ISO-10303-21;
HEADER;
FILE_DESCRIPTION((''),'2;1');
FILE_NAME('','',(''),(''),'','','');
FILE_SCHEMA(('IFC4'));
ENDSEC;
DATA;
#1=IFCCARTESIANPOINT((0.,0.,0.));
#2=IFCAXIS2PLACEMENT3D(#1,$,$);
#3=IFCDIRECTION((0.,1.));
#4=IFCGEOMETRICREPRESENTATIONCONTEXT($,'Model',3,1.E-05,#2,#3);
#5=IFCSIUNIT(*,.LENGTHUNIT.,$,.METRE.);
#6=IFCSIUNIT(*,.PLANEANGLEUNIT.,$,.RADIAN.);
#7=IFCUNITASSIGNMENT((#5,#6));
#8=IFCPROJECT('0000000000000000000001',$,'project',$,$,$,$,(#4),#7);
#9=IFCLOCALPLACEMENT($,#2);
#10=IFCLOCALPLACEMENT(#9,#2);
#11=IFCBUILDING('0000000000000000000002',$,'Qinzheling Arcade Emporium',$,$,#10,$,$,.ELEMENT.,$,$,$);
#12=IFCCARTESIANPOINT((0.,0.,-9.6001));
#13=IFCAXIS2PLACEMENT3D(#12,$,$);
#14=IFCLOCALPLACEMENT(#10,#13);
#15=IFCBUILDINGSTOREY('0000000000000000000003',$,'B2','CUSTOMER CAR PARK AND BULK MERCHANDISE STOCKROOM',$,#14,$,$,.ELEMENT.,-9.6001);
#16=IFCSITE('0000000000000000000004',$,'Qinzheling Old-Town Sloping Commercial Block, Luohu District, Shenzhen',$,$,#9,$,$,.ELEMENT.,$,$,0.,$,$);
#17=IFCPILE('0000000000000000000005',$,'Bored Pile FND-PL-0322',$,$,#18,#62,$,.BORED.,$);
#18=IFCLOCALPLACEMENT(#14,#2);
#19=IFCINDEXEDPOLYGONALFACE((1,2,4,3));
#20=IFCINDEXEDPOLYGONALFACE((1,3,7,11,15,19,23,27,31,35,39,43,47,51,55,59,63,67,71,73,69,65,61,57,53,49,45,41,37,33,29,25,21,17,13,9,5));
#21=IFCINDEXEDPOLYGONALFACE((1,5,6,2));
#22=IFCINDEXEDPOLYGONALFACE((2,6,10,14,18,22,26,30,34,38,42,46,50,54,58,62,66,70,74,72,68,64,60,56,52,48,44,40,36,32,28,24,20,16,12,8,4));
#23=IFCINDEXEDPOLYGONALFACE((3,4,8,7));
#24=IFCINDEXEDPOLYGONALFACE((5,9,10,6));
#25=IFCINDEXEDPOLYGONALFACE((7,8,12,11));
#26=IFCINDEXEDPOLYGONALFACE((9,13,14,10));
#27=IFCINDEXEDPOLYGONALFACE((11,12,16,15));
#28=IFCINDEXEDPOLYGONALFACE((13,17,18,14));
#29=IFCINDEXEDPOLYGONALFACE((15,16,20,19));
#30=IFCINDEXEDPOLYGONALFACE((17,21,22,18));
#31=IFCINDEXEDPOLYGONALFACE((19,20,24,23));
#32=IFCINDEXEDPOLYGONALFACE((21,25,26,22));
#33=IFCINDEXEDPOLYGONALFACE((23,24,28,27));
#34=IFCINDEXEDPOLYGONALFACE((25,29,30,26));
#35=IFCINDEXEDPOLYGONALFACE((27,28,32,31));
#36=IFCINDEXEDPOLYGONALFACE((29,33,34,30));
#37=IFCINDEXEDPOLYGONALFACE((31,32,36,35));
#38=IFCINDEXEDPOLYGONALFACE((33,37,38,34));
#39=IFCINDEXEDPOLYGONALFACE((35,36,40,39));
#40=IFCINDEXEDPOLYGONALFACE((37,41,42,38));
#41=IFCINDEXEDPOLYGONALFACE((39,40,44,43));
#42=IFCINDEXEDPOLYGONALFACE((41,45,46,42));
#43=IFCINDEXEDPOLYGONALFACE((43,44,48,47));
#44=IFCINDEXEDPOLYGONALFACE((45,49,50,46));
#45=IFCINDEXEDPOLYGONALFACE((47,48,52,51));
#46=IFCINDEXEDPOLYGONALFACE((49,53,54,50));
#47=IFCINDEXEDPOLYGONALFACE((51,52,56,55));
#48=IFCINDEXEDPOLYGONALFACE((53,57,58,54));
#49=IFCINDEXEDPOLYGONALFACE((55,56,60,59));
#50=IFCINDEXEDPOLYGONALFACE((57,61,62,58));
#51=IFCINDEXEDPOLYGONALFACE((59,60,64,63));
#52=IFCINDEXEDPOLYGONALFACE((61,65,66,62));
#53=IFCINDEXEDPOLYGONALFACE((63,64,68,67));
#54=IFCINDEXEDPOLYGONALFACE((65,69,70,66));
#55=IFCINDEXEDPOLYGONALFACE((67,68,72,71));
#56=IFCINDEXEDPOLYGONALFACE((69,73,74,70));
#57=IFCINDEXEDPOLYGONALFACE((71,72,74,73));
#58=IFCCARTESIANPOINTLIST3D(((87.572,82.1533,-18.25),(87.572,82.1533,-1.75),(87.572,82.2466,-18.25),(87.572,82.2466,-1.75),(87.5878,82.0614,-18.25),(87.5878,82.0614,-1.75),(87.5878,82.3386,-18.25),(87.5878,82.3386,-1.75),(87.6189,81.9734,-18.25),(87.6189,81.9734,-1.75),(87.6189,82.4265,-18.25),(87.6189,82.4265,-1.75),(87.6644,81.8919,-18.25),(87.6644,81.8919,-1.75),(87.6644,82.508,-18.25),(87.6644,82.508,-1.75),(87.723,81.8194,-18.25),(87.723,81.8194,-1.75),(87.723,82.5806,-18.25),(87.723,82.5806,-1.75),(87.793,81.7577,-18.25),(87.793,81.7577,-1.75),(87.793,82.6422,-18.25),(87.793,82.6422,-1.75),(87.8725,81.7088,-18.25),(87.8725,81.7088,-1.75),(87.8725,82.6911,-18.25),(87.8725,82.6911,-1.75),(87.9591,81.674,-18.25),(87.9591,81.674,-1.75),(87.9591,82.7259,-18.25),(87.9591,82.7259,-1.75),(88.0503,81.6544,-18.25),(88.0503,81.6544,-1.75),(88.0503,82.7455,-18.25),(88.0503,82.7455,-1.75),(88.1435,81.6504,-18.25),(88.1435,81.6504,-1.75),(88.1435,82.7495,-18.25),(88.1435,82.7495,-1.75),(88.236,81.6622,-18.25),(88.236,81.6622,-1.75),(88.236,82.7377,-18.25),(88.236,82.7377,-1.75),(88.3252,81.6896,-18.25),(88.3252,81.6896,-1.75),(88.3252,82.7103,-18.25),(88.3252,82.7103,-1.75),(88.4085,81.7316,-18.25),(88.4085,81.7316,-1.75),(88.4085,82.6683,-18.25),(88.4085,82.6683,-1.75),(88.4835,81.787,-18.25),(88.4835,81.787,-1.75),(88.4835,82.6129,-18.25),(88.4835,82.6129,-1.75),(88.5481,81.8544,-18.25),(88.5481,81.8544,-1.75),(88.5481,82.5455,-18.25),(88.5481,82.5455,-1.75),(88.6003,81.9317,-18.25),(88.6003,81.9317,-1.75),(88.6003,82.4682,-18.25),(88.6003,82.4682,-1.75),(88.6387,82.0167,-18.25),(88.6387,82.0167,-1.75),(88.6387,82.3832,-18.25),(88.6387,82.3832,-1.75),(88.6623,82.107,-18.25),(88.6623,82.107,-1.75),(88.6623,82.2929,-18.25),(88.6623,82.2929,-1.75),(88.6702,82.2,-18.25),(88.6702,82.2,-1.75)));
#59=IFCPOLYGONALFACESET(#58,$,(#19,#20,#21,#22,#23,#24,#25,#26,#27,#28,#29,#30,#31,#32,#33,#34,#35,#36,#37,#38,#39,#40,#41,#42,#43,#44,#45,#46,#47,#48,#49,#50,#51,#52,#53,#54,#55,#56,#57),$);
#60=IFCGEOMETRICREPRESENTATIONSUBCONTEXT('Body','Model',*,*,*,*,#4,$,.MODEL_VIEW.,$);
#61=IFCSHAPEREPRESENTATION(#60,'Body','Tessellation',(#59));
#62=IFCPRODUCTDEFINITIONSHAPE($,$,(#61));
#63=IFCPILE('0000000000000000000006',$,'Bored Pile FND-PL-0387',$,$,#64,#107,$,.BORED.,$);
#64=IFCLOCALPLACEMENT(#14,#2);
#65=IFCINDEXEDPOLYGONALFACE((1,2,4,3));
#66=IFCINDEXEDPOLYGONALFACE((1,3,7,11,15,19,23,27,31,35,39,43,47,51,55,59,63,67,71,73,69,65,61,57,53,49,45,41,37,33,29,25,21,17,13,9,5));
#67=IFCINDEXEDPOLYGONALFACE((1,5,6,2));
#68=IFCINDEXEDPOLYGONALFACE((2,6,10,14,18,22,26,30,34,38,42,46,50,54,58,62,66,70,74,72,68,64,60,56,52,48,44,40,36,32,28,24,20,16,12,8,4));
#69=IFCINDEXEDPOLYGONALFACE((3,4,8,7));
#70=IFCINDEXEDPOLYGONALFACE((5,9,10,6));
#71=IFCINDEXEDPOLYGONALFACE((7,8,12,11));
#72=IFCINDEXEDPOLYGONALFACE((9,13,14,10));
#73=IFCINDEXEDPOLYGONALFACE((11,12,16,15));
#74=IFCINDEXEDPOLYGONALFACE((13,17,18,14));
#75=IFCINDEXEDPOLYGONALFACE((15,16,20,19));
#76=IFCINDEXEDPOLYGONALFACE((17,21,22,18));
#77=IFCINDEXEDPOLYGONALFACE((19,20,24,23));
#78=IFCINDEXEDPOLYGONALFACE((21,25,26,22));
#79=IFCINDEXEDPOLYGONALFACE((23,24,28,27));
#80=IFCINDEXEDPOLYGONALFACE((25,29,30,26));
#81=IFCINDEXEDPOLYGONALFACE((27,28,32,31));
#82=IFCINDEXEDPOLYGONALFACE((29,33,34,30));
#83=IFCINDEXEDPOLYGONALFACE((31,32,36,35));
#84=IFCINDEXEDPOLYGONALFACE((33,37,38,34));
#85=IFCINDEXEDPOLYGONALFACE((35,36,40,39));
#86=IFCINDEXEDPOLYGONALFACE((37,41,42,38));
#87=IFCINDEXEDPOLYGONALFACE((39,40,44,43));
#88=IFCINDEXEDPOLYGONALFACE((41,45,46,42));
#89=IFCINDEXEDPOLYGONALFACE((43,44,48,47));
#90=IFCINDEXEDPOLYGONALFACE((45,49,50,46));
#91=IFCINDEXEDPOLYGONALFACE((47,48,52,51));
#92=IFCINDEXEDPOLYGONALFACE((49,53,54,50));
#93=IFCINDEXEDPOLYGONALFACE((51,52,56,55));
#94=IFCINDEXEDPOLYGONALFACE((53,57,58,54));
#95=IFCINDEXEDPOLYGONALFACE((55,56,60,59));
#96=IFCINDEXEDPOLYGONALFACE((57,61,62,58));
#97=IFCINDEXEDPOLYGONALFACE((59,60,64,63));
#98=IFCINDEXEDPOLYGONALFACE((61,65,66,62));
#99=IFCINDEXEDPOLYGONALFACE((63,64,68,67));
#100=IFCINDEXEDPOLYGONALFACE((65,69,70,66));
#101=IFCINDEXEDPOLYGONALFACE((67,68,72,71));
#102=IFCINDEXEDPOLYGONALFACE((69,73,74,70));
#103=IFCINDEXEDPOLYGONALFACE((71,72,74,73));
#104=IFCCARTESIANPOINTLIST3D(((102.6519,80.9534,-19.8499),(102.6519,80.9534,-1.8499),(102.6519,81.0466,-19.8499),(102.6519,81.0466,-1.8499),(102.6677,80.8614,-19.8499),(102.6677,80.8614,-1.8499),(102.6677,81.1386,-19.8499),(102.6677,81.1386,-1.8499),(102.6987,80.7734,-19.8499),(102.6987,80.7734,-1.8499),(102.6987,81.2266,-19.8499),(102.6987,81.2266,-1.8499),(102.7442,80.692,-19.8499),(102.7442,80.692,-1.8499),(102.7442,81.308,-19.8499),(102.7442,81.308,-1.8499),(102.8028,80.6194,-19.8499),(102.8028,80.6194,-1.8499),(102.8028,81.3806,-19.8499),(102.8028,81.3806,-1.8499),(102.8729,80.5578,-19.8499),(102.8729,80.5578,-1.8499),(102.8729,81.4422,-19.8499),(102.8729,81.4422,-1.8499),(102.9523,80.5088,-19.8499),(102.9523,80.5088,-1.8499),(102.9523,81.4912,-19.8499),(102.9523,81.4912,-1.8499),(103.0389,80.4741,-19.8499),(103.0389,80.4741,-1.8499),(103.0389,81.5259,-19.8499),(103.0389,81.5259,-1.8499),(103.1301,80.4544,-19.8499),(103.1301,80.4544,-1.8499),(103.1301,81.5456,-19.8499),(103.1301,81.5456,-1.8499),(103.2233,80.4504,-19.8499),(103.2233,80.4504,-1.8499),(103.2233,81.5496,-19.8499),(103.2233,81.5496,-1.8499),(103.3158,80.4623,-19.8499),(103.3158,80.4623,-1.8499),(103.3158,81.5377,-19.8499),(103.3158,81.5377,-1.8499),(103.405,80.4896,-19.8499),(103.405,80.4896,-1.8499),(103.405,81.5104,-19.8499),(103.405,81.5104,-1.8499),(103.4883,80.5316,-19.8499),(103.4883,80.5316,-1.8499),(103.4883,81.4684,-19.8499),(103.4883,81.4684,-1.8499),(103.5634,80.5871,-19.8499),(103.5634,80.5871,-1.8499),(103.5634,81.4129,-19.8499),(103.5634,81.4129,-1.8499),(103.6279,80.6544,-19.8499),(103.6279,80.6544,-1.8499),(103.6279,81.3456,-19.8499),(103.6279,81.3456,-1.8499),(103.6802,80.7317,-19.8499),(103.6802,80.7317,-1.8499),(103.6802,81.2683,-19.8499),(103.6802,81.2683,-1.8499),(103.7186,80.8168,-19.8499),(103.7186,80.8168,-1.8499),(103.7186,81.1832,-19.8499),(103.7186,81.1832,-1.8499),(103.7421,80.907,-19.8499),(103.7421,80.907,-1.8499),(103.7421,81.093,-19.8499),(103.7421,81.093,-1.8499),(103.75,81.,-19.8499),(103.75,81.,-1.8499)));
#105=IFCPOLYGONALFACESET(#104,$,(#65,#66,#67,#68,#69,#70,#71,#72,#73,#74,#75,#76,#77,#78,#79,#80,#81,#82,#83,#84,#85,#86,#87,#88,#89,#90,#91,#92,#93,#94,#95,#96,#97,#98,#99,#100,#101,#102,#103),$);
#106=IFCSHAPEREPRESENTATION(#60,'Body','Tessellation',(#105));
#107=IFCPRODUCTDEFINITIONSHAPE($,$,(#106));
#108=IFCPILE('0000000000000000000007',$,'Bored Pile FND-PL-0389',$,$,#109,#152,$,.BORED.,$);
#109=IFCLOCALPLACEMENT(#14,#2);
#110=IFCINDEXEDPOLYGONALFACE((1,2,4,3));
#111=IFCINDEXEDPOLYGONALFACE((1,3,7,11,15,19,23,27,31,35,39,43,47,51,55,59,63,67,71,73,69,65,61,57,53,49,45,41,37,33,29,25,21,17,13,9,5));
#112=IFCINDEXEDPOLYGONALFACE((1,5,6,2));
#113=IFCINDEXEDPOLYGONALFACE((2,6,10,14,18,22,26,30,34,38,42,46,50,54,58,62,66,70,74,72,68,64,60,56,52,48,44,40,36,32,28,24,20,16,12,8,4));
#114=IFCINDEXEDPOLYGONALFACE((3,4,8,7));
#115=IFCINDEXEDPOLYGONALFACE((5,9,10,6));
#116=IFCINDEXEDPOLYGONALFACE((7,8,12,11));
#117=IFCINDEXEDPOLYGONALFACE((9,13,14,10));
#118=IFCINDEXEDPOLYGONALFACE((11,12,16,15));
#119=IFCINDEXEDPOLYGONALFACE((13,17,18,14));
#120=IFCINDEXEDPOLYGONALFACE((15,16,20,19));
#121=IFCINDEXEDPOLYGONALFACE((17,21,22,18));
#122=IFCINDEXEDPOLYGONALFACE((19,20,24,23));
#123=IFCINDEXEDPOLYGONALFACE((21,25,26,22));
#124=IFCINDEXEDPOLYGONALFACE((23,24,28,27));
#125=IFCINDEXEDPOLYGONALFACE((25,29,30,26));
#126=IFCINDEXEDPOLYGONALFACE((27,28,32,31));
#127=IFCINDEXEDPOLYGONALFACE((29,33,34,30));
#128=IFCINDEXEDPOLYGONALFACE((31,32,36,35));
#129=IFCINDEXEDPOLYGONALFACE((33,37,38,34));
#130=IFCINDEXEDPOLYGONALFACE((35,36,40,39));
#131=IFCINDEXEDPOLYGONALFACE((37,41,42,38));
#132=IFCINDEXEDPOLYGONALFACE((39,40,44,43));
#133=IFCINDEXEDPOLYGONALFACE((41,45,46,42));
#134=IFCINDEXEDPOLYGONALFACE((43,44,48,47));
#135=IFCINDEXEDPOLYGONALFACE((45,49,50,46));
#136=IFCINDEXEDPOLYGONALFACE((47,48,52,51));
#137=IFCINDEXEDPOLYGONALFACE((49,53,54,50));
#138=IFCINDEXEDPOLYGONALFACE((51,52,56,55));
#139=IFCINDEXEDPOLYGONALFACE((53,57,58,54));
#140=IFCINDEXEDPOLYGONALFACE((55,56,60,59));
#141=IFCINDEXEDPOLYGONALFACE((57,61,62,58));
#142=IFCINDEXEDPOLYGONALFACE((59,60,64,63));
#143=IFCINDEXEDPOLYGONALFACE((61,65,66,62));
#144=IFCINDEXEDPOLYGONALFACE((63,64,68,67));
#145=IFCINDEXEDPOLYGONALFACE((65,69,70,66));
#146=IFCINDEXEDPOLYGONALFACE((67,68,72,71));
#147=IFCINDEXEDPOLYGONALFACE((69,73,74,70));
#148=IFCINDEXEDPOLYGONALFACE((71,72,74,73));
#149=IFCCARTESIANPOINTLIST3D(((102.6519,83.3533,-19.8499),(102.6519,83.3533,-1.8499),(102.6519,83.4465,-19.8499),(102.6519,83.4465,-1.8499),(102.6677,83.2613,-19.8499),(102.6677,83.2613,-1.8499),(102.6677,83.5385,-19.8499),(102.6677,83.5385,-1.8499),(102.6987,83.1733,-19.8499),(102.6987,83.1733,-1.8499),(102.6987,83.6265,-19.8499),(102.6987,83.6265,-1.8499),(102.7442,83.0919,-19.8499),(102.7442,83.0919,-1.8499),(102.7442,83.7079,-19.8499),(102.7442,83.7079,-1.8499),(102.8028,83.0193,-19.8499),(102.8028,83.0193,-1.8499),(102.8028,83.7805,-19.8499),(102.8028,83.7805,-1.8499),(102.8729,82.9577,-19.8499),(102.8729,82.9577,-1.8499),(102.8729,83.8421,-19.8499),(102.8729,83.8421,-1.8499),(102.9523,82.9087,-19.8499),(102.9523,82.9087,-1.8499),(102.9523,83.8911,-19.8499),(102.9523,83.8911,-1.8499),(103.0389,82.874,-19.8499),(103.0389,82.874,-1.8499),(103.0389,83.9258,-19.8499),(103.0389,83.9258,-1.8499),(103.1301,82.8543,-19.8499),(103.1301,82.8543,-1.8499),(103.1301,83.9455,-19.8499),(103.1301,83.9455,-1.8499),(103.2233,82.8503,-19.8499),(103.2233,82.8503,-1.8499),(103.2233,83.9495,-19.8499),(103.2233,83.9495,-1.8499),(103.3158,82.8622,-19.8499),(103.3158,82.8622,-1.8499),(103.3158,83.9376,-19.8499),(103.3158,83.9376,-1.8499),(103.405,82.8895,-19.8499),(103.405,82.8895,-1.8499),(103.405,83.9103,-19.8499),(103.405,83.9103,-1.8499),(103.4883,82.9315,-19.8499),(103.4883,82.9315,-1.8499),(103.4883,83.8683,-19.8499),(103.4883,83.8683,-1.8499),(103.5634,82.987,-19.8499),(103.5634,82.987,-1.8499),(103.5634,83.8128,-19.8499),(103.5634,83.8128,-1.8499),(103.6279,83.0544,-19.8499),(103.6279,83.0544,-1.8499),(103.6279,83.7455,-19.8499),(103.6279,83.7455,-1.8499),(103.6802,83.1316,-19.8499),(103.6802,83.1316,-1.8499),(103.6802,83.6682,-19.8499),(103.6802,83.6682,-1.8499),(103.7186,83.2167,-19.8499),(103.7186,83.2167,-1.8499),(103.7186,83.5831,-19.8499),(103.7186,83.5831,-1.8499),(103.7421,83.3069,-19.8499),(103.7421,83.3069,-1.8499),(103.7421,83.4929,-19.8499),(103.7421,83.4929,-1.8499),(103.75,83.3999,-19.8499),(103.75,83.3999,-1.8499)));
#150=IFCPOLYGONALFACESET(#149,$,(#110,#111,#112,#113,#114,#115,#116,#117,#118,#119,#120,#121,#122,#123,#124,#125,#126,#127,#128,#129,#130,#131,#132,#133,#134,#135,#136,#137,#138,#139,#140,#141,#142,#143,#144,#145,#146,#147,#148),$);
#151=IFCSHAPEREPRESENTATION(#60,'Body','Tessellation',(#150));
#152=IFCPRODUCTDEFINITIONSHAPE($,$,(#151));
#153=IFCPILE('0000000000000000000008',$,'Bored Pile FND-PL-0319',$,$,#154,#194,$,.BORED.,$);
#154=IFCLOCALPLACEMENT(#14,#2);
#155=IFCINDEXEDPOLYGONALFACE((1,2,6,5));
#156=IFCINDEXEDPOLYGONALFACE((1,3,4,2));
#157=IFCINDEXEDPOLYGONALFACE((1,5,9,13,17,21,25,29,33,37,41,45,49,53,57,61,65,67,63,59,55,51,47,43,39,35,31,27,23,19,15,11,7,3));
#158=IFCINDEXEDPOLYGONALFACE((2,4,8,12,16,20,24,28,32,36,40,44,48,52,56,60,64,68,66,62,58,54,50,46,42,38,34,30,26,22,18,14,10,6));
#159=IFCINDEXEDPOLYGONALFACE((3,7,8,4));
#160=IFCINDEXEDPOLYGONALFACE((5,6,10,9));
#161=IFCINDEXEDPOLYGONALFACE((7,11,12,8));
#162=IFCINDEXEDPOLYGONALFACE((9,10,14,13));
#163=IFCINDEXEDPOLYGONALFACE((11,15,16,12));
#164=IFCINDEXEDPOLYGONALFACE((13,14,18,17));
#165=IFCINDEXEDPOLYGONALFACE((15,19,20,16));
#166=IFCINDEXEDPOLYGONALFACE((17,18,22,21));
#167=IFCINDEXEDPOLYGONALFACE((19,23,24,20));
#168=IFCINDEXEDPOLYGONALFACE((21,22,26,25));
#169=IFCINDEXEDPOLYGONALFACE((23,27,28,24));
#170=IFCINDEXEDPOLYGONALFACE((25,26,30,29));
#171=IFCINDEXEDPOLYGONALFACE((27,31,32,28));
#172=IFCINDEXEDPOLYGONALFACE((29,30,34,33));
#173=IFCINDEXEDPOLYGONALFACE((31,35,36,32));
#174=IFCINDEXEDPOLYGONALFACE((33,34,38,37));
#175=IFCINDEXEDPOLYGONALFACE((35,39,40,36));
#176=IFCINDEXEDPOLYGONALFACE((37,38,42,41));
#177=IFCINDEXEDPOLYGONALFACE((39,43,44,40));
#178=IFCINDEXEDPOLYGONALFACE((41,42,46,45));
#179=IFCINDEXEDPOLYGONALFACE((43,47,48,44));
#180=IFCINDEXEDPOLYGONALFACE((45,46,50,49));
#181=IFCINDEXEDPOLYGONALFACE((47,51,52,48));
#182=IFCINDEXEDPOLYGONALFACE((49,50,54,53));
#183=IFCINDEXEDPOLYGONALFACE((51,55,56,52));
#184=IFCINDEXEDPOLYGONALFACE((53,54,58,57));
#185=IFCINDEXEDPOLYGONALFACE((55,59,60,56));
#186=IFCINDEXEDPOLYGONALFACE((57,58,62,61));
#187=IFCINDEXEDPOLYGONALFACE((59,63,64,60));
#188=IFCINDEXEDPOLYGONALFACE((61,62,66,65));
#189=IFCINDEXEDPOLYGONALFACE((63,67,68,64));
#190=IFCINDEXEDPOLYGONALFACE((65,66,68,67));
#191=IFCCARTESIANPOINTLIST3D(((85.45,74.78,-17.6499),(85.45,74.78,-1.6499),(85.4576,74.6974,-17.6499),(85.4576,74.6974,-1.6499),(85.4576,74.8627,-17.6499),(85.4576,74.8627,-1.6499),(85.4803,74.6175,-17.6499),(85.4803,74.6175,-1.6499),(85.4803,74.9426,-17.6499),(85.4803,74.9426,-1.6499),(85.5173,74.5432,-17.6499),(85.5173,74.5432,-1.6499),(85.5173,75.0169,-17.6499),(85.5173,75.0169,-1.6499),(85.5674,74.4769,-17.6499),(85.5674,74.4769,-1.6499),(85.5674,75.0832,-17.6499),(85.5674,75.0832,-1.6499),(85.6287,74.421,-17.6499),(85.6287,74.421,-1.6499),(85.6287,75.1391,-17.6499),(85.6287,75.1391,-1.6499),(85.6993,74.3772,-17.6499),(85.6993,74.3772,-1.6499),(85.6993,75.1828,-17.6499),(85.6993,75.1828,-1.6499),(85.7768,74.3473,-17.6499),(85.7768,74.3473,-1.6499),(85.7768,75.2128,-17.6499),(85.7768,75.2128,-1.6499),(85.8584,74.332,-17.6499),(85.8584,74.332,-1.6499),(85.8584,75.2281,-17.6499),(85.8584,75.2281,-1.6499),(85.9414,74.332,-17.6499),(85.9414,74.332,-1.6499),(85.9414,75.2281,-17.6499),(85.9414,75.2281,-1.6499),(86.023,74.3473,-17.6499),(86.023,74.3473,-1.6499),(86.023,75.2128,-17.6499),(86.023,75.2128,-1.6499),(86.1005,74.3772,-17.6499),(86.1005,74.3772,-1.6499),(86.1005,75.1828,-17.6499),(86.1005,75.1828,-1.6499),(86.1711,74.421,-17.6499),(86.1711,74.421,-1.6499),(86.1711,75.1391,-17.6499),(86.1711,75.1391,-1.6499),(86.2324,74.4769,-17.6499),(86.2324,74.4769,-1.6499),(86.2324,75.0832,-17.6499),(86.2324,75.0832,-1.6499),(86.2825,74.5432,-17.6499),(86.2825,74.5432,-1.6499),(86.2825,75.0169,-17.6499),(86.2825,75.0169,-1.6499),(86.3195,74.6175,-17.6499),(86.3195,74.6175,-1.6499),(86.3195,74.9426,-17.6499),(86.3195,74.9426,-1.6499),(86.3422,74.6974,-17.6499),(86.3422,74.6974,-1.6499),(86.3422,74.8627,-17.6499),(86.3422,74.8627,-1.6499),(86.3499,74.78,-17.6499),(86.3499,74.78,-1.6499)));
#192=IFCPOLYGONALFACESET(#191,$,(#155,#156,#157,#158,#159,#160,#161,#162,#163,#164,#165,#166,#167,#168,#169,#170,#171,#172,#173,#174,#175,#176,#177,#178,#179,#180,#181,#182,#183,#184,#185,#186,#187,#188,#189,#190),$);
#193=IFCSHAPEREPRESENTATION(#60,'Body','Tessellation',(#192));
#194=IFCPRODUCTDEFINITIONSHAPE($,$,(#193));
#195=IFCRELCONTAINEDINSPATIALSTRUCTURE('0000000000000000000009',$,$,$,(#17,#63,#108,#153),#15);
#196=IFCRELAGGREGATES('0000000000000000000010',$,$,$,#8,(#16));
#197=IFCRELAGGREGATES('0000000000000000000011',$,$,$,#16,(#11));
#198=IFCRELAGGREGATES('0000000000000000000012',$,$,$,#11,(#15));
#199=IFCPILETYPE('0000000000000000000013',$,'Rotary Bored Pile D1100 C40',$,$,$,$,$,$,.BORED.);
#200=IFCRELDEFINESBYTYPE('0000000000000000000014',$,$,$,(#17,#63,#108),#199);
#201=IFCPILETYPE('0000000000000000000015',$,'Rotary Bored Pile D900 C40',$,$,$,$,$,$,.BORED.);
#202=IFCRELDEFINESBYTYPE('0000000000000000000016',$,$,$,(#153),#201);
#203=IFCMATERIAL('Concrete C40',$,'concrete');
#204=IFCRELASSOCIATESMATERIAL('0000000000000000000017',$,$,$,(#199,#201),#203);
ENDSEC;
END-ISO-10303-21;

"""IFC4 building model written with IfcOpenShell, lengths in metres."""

from ifc_helpers import new_model, si_unit, direction, frame, origin, origin_2d, place, context, subcontext, project, spatial, circle, extrude, material, material_profile, profile_set, type_object, element, save


model = new_model("IFC4")

# Units and contexts
model_context = context("Model", 3, precision=1e-05, world=origin(), true_north=direction((0.0, 1.0)))
body_context = subcontext(model_context, "Body", "Model", "MODEL_VIEW")
ifc_project = project(units=[si_unit("LENGTHUNIT", "METRE"), si_unit("PLANEANGLEUNIT", "RADIAN")], contexts=[model_context])

# Site, building, storey
site_placement = place(None, origin())
site = spatial("IfcSite", under=ifc_project, at=site_placement, Name="Qinzheling Old-Town Sloping Commercial Block, Luohu District, Shenzhen", CompositionType="ELEMENT", RefElevation=0.0)
building_placement = place(site_placement, origin())
building = spatial("IfcBuilding", under=site, at=building_placement, Name="Qinzheling Arcade Emporium", CompositionType="ELEMENT")
storey_placement = place(building_placement, frame((0.0, 0.0, -9.6001)))
storey = spatial("IfcBuildingStorey", under=building, at=storey_placement, Name="B2", Description="CUSTOMER CAR PARK AND BULK MERCHANDISE STOCKROOM", CompositionType="ELEMENT", Elevation=-9.6001)

# Shared definitions
ifc_material_1 = material(Name="Concrete C40", Category="concrete")

# Piles
ifc_material_profile_1 = material_profile(ifc_material_1, circle(Radius=0.55, at=origin_2d()), Name="BORED D1100", Category="concrete")
ifc_profile_set_1 = profile_set([ifc_material_profile_1], Name="Concrete C40")
pile_type_1 = type_object("IfcPileType", Name="Rotary Bored Pile D1100 C40", PredefinedType="BORED", material=ifc_profile_set_1)
for number, where, z_axis, x_axis, name in (
    (1, (88.1201, 82.2, -1.75), (0.0, 0.0, -1.0), (1.0, 0.0, 0.0), "Bored Pile FND-PL-0322"),
):
    element("IfcPile", number, at=place(storey_placement, frame(where, z_axis=z_axis, x_axis=x_axis)), inside=storey, type_object=pile_type_1, Name=name, PredefinedType="BORED", context=body_context, shape_type="SweptSolid", body=[
        extrude(circle(Radius=0.55, at=origin_2d()), origin(), (0.0, 0.0, 1.0), 16.5),
    ])
for number, where, z_axis, x_axis, name in (
    (2, (103.2, 81.0, -1.8499), (0.0, 0.0, -1.0), (1.0, 0.0, 0.0), "Bored Pile FND-PL-0387"),
    (3, (103.2, 83.3999, -1.8499), (0.0, 0.0, -1.0), (1.0, 0.0, 0.0), "Bored Pile FND-PL-0389"),
):
    element("IfcPile", number, at=place(storey_placement, frame(where, z_axis=z_axis, x_axis=x_axis)), inside=storey, type_object=pile_type_1, Name=name, PredefinedType="BORED", context=body_context, shape_type="SweptSolid", body=[
        extrude(circle(Radius=0.55, at=origin_2d()), origin(), (0.0, 0.0, 1.0), 18.0),
    ])
ifc_material_profile_2 = material_profile(ifc_material_1, circle(Radius=0.45, at=origin_2d()), Name="BORED D900", Category="concrete")
ifc_profile_set_2 = profile_set([ifc_material_profile_2], Name="Concrete C40")
pile_type_2 = type_object("IfcPileType", Name="Rotary Bored Pile D900 C40", PredefinedType="BORED", material=ifc_profile_set_2)
for number, where, z_axis, x_axis, name in (
    (4, (85.8999, 74.78, -1.6499), (0.0, 0.0, -1.0), (1.0, 0.0, 0.0), "Bored Pile FND-PL-0319"),
):
    element("IfcPile", number, at=place(storey_placement, frame(where, z_axis=z_axis, x_axis=x_axis)), inside=storey, type_object=pile_type_2, Name=name, PredefinedType="BORED", context=body_context, shape_type="SweptSolid", body=[
        extrude(circle(Radius=0.45, at=origin_2d()), origin(), (0.0, 0.0, 1.0), 16.0),
    ])

save(model, "model.ifc")
